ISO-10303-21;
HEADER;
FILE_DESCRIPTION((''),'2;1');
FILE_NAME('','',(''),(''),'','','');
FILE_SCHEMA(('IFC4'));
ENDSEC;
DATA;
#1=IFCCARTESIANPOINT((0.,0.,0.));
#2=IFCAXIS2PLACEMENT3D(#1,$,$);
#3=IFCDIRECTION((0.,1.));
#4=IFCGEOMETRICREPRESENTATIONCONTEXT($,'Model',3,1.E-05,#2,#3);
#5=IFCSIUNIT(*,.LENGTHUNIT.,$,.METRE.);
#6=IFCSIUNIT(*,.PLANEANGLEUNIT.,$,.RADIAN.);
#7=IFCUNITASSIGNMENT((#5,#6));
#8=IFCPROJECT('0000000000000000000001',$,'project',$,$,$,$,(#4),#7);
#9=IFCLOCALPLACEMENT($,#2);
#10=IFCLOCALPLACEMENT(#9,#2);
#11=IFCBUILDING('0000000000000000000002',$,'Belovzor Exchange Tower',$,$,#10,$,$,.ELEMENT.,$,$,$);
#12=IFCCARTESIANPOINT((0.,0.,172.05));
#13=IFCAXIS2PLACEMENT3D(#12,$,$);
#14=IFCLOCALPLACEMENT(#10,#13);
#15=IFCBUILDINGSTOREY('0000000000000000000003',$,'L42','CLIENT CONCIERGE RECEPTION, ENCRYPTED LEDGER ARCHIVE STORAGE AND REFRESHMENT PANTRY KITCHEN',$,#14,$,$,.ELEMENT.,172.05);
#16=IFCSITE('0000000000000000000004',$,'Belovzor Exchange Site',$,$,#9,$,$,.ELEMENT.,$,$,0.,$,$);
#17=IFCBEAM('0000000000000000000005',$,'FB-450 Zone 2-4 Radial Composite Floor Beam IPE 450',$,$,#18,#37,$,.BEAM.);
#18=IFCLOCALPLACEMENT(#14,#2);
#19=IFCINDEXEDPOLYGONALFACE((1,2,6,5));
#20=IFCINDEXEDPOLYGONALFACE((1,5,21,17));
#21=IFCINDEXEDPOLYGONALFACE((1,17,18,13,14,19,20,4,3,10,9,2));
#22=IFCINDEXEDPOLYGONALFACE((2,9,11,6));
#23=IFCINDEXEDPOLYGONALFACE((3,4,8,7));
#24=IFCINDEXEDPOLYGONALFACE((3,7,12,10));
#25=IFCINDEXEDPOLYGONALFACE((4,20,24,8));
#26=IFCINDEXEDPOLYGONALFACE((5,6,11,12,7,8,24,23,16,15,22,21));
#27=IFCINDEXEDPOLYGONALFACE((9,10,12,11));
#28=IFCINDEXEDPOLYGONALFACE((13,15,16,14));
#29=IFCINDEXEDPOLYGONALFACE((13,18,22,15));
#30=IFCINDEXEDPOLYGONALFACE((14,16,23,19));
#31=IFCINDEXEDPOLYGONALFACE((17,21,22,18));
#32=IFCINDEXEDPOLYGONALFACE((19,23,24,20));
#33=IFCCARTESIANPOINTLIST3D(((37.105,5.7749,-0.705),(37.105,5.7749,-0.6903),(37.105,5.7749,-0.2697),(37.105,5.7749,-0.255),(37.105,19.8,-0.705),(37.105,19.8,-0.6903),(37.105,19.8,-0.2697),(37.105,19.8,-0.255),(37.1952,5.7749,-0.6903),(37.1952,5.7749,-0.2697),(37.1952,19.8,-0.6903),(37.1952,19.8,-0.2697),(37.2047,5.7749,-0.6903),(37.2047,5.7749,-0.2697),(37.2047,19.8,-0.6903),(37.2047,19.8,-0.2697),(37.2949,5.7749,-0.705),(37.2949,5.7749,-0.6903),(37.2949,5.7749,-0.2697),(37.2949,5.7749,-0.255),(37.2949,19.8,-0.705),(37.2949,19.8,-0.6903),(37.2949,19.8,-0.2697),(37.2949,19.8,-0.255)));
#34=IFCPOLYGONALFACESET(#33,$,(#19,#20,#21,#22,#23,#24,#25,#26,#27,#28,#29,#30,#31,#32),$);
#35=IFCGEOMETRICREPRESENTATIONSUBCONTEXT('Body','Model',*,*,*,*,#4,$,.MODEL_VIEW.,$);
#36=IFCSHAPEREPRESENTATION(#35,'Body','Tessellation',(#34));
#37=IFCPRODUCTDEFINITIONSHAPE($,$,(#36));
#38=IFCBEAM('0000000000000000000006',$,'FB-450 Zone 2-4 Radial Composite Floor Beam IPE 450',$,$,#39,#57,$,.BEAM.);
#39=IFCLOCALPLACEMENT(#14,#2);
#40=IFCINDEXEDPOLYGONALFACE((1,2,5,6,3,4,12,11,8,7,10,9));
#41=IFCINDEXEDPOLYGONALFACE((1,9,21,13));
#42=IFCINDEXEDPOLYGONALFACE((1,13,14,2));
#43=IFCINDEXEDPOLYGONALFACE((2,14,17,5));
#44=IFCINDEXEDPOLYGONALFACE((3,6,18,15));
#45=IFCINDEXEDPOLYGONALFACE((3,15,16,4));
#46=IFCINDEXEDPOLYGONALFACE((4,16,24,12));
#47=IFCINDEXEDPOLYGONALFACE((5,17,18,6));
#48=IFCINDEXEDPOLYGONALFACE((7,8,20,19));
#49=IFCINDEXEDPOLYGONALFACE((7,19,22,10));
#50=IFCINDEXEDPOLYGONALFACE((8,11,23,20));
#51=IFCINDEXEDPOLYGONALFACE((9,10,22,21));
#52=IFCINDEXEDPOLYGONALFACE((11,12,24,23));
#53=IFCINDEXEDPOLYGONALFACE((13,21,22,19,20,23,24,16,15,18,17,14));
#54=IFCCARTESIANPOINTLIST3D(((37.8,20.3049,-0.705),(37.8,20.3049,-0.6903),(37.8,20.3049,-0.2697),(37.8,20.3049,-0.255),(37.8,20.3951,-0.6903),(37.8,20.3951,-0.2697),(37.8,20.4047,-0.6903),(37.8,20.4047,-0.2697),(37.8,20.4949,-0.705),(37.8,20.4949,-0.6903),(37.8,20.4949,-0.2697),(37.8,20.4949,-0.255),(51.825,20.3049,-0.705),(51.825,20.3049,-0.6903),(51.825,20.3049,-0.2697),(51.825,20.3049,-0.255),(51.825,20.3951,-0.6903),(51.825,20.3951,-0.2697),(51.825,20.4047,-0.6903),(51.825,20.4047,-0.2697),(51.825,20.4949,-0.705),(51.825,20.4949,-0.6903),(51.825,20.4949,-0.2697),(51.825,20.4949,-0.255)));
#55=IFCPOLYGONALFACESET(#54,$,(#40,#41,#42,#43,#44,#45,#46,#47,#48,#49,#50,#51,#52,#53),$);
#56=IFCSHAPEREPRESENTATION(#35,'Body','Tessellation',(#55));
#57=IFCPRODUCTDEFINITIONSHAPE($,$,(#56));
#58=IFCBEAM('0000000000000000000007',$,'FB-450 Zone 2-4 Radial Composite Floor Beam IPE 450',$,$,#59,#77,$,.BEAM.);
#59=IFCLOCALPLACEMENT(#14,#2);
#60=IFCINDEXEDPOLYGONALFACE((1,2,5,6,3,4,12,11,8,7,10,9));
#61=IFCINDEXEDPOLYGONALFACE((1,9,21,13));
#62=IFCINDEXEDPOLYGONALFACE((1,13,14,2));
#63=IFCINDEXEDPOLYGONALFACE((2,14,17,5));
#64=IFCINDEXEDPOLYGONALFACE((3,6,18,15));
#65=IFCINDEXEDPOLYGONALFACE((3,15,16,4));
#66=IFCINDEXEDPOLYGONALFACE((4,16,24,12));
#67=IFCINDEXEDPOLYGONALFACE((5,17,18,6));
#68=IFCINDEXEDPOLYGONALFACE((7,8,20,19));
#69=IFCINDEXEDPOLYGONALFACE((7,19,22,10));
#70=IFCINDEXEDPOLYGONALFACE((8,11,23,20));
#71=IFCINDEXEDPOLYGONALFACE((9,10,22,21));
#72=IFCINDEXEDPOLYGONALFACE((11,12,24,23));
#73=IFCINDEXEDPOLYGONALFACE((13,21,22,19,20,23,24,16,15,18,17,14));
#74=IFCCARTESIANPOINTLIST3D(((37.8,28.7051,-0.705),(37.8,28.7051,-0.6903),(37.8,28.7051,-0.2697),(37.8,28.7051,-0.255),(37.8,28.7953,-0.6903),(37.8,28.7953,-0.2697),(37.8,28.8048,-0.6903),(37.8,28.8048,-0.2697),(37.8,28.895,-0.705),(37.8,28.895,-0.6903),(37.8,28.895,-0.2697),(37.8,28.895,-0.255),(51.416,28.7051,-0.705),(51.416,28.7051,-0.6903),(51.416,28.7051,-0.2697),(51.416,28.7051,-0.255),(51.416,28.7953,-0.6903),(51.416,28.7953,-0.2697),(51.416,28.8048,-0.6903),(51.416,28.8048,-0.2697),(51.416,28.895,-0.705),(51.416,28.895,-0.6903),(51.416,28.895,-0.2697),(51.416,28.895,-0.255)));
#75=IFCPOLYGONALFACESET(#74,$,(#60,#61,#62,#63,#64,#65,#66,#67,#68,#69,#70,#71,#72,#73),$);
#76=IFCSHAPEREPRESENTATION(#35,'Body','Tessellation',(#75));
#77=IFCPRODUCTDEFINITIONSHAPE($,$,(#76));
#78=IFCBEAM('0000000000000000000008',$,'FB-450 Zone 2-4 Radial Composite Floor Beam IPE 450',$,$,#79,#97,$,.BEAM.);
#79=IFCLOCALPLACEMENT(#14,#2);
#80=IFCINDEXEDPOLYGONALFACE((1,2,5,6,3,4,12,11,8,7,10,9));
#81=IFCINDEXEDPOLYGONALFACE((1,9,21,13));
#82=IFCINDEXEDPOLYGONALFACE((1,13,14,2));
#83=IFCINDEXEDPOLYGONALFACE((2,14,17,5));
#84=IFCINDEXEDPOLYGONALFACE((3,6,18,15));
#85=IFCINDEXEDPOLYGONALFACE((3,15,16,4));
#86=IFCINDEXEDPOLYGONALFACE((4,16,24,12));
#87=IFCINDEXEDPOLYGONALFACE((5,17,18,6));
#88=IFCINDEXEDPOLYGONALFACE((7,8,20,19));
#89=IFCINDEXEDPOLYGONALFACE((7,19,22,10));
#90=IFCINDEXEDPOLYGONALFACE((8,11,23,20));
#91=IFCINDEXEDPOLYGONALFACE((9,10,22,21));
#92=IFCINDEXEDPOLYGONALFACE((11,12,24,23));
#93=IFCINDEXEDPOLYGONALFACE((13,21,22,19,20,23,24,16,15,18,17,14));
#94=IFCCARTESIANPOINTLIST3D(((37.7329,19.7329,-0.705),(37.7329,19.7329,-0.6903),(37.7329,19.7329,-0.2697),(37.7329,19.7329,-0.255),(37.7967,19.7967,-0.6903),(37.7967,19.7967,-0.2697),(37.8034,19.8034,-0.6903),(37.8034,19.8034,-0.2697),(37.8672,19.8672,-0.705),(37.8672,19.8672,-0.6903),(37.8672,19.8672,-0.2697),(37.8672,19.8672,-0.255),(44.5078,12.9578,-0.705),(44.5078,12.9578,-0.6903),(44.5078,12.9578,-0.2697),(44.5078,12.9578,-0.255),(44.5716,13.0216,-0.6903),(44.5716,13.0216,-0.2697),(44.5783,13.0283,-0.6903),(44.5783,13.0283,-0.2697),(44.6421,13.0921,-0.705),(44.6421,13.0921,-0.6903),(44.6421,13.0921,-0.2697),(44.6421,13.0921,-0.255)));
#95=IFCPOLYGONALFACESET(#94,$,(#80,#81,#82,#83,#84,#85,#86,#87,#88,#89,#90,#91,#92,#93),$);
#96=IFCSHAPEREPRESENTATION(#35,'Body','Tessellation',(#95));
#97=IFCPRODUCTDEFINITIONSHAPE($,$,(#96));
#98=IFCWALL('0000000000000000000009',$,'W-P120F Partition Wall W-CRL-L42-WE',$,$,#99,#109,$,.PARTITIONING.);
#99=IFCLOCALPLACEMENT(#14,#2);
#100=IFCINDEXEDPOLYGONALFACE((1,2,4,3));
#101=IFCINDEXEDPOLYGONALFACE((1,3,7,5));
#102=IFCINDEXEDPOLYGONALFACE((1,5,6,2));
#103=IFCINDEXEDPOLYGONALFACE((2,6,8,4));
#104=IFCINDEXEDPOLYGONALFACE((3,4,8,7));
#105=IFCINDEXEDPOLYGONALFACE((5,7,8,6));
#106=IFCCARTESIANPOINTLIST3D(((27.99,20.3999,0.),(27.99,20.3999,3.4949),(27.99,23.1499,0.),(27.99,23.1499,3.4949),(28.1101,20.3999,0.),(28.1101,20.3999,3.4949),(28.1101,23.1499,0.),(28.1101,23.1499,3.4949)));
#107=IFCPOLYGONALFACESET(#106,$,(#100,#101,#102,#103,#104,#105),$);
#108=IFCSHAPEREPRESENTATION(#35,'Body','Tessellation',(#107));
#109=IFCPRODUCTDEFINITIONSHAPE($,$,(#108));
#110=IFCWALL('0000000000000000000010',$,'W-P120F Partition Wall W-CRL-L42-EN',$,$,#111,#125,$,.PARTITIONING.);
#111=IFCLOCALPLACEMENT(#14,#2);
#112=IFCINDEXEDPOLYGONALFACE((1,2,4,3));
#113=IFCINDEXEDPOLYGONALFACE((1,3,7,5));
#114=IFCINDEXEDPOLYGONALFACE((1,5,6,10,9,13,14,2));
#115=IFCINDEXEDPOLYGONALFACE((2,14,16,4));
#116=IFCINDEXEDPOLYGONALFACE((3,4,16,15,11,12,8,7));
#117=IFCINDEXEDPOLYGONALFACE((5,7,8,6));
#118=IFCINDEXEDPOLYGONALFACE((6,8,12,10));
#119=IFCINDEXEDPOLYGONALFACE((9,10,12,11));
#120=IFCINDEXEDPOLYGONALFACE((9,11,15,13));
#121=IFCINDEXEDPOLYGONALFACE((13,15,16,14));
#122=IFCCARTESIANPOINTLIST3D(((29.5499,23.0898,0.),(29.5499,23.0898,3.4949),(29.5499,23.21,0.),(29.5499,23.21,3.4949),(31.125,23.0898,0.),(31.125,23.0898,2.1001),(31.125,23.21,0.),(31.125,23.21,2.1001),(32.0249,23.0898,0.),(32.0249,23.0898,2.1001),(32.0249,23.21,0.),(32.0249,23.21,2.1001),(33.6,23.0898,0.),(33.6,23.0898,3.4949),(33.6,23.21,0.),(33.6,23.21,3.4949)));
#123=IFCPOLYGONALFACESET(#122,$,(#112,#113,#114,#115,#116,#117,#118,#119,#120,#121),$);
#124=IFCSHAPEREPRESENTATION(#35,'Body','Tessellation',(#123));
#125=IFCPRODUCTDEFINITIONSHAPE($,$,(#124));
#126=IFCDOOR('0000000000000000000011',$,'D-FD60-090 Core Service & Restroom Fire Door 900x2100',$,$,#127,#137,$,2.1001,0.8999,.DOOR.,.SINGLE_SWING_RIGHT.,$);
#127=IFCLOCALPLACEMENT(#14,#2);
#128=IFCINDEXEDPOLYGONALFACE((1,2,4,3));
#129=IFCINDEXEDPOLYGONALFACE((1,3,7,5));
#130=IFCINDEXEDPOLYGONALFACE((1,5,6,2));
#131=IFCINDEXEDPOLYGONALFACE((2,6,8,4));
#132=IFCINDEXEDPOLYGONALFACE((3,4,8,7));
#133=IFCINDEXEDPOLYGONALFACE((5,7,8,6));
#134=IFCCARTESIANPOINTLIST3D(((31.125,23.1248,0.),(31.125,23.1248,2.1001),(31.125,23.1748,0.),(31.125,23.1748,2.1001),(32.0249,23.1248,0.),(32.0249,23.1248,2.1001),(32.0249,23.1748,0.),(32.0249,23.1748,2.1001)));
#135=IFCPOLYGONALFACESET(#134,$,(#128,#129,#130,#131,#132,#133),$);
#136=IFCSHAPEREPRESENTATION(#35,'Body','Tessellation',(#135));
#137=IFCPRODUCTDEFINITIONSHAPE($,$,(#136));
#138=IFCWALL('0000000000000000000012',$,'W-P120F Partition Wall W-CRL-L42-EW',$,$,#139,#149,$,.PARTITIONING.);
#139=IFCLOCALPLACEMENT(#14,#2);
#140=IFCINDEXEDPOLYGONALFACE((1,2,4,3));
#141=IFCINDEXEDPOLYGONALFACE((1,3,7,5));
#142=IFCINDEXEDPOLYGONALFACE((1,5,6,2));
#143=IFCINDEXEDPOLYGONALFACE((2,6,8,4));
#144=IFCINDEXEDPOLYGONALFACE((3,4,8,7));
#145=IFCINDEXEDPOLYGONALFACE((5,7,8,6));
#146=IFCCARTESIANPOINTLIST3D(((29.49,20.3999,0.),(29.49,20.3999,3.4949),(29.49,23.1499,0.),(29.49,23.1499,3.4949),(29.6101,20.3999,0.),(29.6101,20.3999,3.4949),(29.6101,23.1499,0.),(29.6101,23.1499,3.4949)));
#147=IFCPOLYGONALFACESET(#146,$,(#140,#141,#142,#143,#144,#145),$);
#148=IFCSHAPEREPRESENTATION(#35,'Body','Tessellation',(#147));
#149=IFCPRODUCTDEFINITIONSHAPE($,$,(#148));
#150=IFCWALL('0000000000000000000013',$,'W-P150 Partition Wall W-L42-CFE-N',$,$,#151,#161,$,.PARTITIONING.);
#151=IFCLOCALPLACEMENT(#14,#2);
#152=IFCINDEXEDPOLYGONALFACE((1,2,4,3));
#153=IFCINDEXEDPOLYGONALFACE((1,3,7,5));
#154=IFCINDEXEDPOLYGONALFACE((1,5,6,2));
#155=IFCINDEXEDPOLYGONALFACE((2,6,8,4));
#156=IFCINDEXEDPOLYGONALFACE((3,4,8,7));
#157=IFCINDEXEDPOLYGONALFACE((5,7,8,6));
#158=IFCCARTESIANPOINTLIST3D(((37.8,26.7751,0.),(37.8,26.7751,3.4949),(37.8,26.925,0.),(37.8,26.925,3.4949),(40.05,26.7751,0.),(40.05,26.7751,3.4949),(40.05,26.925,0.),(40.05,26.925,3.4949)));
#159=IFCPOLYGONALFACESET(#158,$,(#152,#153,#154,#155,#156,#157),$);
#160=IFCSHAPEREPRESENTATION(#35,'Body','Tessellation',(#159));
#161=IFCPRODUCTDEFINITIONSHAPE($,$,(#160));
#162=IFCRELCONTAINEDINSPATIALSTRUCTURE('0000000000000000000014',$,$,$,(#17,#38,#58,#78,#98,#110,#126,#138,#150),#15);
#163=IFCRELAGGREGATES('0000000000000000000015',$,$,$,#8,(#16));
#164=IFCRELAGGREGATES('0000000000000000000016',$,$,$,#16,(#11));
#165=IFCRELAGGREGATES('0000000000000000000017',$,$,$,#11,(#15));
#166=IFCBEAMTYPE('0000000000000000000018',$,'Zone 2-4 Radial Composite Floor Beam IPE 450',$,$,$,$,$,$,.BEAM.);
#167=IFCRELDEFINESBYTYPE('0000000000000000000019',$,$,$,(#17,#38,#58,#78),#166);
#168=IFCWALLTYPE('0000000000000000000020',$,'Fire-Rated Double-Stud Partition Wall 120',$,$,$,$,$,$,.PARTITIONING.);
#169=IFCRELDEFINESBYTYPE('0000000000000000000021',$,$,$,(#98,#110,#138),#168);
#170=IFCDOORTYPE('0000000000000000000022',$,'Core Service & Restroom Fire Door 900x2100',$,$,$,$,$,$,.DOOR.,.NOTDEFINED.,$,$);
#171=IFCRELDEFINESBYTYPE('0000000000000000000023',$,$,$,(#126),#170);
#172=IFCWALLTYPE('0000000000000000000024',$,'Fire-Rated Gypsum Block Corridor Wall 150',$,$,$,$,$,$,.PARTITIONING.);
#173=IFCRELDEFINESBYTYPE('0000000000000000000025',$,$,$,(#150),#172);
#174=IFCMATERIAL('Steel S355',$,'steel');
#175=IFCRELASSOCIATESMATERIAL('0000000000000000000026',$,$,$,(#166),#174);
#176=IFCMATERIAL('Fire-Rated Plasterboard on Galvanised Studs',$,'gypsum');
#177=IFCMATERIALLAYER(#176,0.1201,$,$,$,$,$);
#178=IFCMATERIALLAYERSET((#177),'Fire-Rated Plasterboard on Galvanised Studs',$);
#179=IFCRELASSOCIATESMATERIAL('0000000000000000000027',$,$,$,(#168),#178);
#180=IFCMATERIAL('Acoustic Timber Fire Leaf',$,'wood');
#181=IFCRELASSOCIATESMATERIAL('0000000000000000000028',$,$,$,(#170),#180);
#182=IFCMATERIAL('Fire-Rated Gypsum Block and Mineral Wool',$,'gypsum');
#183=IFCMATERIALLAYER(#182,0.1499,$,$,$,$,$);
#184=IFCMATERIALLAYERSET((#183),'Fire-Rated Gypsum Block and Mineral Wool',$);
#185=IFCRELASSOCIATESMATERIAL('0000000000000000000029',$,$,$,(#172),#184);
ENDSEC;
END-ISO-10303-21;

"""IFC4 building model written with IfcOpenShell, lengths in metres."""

from ifc_helpers import new_model, si_unit, direction, frame, frame_2d, origin, origin_2d, place, context, subcontext, project, spatial, rectangle, i_section, extrude, material, layer, layer_set, material_profile, profile_set, type_object, element, fill, save


model = new_model("IFC4")

# Units and contexts
model_context = context("Model", 3, precision=1e-05, world=origin(), true_north=direction((0.0, 1.0)))
body_context = subcontext(model_context, "Body", "Model", "MODEL_VIEW")
ifc_project = project(units=[si_unit("LENGTHUNIT", "METRE"), si_unit("PLANEANGLEUNIT", "RADIAN")], contexts=[model_context])

# Site, building, storey
site_placement = place(None, origin())
site = spatial("IfcSite", under=ifc_project, at=site_placement, Name="Belovzor Exchange Site", CompositionType="ELEMENT", RefElevation=0.0)
building_placement = place(site_placement, origin())
building = spatial("IfcBuilding", under=site, at=building_placement, Name="Belovzor Exchange Tower", CompositionType="ELEMENT")
storey_placement = place(building_placement, frame((0.0, 0.0, 172.05)))
storey = spatial("IfcBuildingStorey", under=building, at=storey_placement, Name="L42", Description="CLIENT CONCIERGE RECEPTION, ENCRYPTED LEDGER ARCHIVE STORAGE AND REFRESHMENT PANTRY KITCHEN", CompositionType="ELEMENT", Elevation=172.05)

# Beams
ifc_material_1 = material(Name="Steel S355", Category="steel")
ifc_material_profile = material_profile(ifc_material_1, i_section(OverallWidth=0.1899, OverallDepth=0.45, WebThickness=0.0095, FlangeThickness=0.0146, at=origin_2d()))
ifc_profile_set = profile_set([ifc_material_profile], Name="Steel S355")
beam_type = type_object("IfcBeamType", Name="Zone 2-4 Radial Composite Floor Beam IPE 450", PredefinedType="BEAM", material=ifc_profile_set)
beam_1_placement = place(storey_placement, frame((37.2, 19.8, -0.48), z_axis=(0.0, -1.0, 0.0), x_axis=(1.0, 0.0, 0.0)))
element("IfcBeam", 1, at=beam_1_placement, inside=storey, type_object=beam_type, Name="FB-450 Zone 2-4 Radial Composite Floor Beam IPE 450", PredefinedType="BEAM", context=body_context, shape_type="SweptSolid", body=[
    extrude(i_section(OverallWidth=0.1899, OverallDepth=0.45, WebThickness=0.0095, FlangeThickness=0.0146, at=origin_2d()), origin(), (0.0, 0.0, 1.0), 14.0251),
])
beam_2_placement = place(storey_placement, frame((37.8, 20.3999, -0.48), z_axis=(1.0, 0.0, 0.0), x_axis=(0.0, 1.0, 0.0)))
element("IfcBeam", 2, at=beam_2_placement, inside=storey, type_object=beam_type, Name="FB-450 Zone 2-4 Radial Composite Floor Beam IPE 450", PredefinedType="BEAM", context=body_context, shape_type="SweptSolid", body=[
    extrude(i_section(OverallWidth=0.1899, OverallDepth=0.45, WebThickness=0.0095, FlangeThickness=0.0146, at=origin_2d()), origin(), (0.0, 0.0, 1.0), 14.0249),
])
beam_3_placement = place(storey_placement, frame((37.8, 28.8, -0.48), z_axis=(1.0, 0.0, 0.0), x_axis=(0.0, 1.0, 0.0)))
element("IfcBeam", 3, at=beam_3_placement, inside=storey, type_object=beam_type, Name="FB-450 Zone 2-4 Radial Composite Floor Beam IPE 450", PredefinedType="BEAM", context=body_context, shape_type="SweptSolid", body=[
    extrude(i_section(OverallWidth=0.1899, OverallDepth=0.45, WebThickness=0.0095, FlangeThickness=0.0146, at=origin_2d()), origin(), (0.0, 0.0, 1.0), 13.616),
])
beam_4_placement = place(storey_placement, frame((37.8, 19.8, -0.48), z_axis=(0.707094, -0.70712, 0.0), x_axis=(0.70712, 0.707094, 0.0)))
element("IfcBeam", 4, at=beam_4_placement, inside=storey, type_object=beam_type, Name="FB-450 Zone 2-4 Radial Composite Floor Beam IPE 450", PredefinedType="BEAM", context=body_context, shape_type="SweptSolid", body=[
    extrude(i_section(OverallWidth=0.1899, OverallDepth=0.45, WebThickness=0.0095, FlangeThickness=0.0146, at=origin_2d()), origin(), (0.0, 0.0, 1.0), 9.5813),
])

# Wall
ifc_material_2 = material(Name="Fire-Rated Plasterboard on Galvanised Studs", Category="gypsum")
ifc_layer_1 = layer(ifc_material_2, 0.1201)
ifc_layer_set_1 = layer_set([ifc_layer_1], Name="Fire-Rated Plasterboard on Galvanised Studs")
wall_type_1 = type_object("IfcWallType", Name="Fire-Rated Double-Stud Partition Wall 120", PredefinedType="PARTITIONING", material=ifc_layer_set_1)
wall_1_placement = place(storey_placement, frame((28.05, 20.3999, 0.0), z_axis=(0.0, 0.0, 1.0), x_axis=(0.0, 1.0, 0.0)))
element("IfcWall", 5, at=wall_1_placement, inside=storey, type_object=wall_type_1, Name="W-P120F Partition Wall W-CRL-L42-WE", PredefinedType="PARTITIONING", context=body_context, shape_type="SweptSolid", body=[
    extrude(rectangle(XDim=2.75, YDim=0.1201, at=frame_2d((1.375, 0.0))), origin(), (0.0, 0.0, 1.0), 3.4949),
])

# Wall, opening, door
wall_2_placement = place(storey_placement, frame((29.55, 23.1499, 0.0), z_axis=(0.0, 0.0, 1.0), x_axis=(1.0, 0.0, 0.0)))
wall_2 = element("IfcWall", 6, at=wall_2_placement, inside=storey, type_object=wall_type_1, Name="W-P120F Partition Wall W-CRL-L42-EN", PredefinedType="PARTITIONING", context=body_context, shape_type="SweptSolid", body=[
    extrude(rectangle(XDim=4.05, YDim=0.1201, at=frame_2d((2.0249, 0.0))), origin(), (0.0, 0.0, 1.0), 3.4949),
])
opening_1_placement = place(wall_2_placement, frame((1.575, 0.0, 0.0)))
opening_1 = element("IfcOpeningElement", 7, at=opening_1_placement, cuts=wall_2, PredefinedType="OPENING", context=body_context, shape_type="SweptSolid", body=[
    extrude(rectangle(XDim=0.8999, YDim=2.1001, at=frame_2d((0.45, 1.05))), frame((0.0, 0.0701, 0.0), z_axis=(0.0, -1.0, 0.0), x_axis=(1.0, 0.0, 0.0)), (0.0, 0.0, 1.0), 0.1401),
])
ifc_material_3 = material(Name="Acoustic Timber Fire Leaf", Category="wood")
door_type_1 = type_object("IfcDoorType", Name="Core Service & Restroom Fire Door 900x2100", OperationType="NOTDEFINED", PredefinedType="DOOR", material=ifc_material_3)
door_1_placement = place(opening_1_placement, origin())
door_1 = element("IfcDoor", 8, at=door_1_placement, inside=storey, type_object=door_type_1, Name="D-FD60-090 Core Service & Restroom Fire Door 900x2100", OperationType="SINGLE_SWING_RIGHT", OverallHeight=2.1001, OverallWidth=0.8999, PredefinedType="DOOR", context=body_context, shape_type="SweptSolid", body=[
    extrude(rectangle(XDim=0.8999, YDim=2.1001, at=frame_2d((0.45, 1.05))), frame((0.0, 0.0249, 0.0), z_axis=(0.0, -1.0, 0.0), x_axis=(1.0, 0.0, 0.0)), (0.0, 0.0, 1.0), 0.05),
])
fill(opening_1, door_1)

# Walls
wall_3_placement = place(storey_placement, frame((29.55, 20.3999, 0.0), z_axis=(0.0, 0.0, 1.0), x_axis=(0.0, 1.0, 0.0)))
element("IfcWall", 9, at=wall_3_placement, inside=storey, type_object=wall_type_1, Name="W-P120F Partition Wall W-CRL-L42-EW", PredefinedType="PARTITIONING", context=body_context, shape_type="SweptSolid", body=[
    extrude(rectangle(XDim=2.75, YDim=0.1201, at=frame_2d((1.375, 0.0))), origin(), (0.0, 0.0, 1.0), 3.4949),
])
ifc_material_4 = material(Name="Fire-Rated Gypsum Block and Mineral Wool", Category="gypsum")
ifc_layer_2 = layer(ifc_material_4, 0.1499)
ifc_layer_set_2 = layer_set([ifc_layer_2], Name="Fire-Rated Gypsum Block and Mineral Wool")
wall_type_2 = type_object("IfcWallType", Name="Fire-Rated Gypsum Block Corridor Wall 150", PredefinedType="PARTITIONING", material=ifc_layer_set_2)
wall_4_placement = place(storey_placement, frame((37.8, 26.8501, 0.0), z_axis=(0.0, 0.0, 1.0), x_axis=(1.0, 0.0, 0.0)))
element("IfcWall", 10, at=wall_4_placement, inside=storey, type_object=wall_type_2, Name="W-P150 Partition Wall W-L42-CFE-N", PredefinedType="PARTITIONING", context=body_context, shape_type="SweptSolid", body=[
    extrude(rectangle(XDim=2.25, YDim=0.1499, at=frame_2d((1.125, 0.0))), origin(), (0.0, 0.0, 1.0), 3.4949),
])

save(model, "model.ifc")
